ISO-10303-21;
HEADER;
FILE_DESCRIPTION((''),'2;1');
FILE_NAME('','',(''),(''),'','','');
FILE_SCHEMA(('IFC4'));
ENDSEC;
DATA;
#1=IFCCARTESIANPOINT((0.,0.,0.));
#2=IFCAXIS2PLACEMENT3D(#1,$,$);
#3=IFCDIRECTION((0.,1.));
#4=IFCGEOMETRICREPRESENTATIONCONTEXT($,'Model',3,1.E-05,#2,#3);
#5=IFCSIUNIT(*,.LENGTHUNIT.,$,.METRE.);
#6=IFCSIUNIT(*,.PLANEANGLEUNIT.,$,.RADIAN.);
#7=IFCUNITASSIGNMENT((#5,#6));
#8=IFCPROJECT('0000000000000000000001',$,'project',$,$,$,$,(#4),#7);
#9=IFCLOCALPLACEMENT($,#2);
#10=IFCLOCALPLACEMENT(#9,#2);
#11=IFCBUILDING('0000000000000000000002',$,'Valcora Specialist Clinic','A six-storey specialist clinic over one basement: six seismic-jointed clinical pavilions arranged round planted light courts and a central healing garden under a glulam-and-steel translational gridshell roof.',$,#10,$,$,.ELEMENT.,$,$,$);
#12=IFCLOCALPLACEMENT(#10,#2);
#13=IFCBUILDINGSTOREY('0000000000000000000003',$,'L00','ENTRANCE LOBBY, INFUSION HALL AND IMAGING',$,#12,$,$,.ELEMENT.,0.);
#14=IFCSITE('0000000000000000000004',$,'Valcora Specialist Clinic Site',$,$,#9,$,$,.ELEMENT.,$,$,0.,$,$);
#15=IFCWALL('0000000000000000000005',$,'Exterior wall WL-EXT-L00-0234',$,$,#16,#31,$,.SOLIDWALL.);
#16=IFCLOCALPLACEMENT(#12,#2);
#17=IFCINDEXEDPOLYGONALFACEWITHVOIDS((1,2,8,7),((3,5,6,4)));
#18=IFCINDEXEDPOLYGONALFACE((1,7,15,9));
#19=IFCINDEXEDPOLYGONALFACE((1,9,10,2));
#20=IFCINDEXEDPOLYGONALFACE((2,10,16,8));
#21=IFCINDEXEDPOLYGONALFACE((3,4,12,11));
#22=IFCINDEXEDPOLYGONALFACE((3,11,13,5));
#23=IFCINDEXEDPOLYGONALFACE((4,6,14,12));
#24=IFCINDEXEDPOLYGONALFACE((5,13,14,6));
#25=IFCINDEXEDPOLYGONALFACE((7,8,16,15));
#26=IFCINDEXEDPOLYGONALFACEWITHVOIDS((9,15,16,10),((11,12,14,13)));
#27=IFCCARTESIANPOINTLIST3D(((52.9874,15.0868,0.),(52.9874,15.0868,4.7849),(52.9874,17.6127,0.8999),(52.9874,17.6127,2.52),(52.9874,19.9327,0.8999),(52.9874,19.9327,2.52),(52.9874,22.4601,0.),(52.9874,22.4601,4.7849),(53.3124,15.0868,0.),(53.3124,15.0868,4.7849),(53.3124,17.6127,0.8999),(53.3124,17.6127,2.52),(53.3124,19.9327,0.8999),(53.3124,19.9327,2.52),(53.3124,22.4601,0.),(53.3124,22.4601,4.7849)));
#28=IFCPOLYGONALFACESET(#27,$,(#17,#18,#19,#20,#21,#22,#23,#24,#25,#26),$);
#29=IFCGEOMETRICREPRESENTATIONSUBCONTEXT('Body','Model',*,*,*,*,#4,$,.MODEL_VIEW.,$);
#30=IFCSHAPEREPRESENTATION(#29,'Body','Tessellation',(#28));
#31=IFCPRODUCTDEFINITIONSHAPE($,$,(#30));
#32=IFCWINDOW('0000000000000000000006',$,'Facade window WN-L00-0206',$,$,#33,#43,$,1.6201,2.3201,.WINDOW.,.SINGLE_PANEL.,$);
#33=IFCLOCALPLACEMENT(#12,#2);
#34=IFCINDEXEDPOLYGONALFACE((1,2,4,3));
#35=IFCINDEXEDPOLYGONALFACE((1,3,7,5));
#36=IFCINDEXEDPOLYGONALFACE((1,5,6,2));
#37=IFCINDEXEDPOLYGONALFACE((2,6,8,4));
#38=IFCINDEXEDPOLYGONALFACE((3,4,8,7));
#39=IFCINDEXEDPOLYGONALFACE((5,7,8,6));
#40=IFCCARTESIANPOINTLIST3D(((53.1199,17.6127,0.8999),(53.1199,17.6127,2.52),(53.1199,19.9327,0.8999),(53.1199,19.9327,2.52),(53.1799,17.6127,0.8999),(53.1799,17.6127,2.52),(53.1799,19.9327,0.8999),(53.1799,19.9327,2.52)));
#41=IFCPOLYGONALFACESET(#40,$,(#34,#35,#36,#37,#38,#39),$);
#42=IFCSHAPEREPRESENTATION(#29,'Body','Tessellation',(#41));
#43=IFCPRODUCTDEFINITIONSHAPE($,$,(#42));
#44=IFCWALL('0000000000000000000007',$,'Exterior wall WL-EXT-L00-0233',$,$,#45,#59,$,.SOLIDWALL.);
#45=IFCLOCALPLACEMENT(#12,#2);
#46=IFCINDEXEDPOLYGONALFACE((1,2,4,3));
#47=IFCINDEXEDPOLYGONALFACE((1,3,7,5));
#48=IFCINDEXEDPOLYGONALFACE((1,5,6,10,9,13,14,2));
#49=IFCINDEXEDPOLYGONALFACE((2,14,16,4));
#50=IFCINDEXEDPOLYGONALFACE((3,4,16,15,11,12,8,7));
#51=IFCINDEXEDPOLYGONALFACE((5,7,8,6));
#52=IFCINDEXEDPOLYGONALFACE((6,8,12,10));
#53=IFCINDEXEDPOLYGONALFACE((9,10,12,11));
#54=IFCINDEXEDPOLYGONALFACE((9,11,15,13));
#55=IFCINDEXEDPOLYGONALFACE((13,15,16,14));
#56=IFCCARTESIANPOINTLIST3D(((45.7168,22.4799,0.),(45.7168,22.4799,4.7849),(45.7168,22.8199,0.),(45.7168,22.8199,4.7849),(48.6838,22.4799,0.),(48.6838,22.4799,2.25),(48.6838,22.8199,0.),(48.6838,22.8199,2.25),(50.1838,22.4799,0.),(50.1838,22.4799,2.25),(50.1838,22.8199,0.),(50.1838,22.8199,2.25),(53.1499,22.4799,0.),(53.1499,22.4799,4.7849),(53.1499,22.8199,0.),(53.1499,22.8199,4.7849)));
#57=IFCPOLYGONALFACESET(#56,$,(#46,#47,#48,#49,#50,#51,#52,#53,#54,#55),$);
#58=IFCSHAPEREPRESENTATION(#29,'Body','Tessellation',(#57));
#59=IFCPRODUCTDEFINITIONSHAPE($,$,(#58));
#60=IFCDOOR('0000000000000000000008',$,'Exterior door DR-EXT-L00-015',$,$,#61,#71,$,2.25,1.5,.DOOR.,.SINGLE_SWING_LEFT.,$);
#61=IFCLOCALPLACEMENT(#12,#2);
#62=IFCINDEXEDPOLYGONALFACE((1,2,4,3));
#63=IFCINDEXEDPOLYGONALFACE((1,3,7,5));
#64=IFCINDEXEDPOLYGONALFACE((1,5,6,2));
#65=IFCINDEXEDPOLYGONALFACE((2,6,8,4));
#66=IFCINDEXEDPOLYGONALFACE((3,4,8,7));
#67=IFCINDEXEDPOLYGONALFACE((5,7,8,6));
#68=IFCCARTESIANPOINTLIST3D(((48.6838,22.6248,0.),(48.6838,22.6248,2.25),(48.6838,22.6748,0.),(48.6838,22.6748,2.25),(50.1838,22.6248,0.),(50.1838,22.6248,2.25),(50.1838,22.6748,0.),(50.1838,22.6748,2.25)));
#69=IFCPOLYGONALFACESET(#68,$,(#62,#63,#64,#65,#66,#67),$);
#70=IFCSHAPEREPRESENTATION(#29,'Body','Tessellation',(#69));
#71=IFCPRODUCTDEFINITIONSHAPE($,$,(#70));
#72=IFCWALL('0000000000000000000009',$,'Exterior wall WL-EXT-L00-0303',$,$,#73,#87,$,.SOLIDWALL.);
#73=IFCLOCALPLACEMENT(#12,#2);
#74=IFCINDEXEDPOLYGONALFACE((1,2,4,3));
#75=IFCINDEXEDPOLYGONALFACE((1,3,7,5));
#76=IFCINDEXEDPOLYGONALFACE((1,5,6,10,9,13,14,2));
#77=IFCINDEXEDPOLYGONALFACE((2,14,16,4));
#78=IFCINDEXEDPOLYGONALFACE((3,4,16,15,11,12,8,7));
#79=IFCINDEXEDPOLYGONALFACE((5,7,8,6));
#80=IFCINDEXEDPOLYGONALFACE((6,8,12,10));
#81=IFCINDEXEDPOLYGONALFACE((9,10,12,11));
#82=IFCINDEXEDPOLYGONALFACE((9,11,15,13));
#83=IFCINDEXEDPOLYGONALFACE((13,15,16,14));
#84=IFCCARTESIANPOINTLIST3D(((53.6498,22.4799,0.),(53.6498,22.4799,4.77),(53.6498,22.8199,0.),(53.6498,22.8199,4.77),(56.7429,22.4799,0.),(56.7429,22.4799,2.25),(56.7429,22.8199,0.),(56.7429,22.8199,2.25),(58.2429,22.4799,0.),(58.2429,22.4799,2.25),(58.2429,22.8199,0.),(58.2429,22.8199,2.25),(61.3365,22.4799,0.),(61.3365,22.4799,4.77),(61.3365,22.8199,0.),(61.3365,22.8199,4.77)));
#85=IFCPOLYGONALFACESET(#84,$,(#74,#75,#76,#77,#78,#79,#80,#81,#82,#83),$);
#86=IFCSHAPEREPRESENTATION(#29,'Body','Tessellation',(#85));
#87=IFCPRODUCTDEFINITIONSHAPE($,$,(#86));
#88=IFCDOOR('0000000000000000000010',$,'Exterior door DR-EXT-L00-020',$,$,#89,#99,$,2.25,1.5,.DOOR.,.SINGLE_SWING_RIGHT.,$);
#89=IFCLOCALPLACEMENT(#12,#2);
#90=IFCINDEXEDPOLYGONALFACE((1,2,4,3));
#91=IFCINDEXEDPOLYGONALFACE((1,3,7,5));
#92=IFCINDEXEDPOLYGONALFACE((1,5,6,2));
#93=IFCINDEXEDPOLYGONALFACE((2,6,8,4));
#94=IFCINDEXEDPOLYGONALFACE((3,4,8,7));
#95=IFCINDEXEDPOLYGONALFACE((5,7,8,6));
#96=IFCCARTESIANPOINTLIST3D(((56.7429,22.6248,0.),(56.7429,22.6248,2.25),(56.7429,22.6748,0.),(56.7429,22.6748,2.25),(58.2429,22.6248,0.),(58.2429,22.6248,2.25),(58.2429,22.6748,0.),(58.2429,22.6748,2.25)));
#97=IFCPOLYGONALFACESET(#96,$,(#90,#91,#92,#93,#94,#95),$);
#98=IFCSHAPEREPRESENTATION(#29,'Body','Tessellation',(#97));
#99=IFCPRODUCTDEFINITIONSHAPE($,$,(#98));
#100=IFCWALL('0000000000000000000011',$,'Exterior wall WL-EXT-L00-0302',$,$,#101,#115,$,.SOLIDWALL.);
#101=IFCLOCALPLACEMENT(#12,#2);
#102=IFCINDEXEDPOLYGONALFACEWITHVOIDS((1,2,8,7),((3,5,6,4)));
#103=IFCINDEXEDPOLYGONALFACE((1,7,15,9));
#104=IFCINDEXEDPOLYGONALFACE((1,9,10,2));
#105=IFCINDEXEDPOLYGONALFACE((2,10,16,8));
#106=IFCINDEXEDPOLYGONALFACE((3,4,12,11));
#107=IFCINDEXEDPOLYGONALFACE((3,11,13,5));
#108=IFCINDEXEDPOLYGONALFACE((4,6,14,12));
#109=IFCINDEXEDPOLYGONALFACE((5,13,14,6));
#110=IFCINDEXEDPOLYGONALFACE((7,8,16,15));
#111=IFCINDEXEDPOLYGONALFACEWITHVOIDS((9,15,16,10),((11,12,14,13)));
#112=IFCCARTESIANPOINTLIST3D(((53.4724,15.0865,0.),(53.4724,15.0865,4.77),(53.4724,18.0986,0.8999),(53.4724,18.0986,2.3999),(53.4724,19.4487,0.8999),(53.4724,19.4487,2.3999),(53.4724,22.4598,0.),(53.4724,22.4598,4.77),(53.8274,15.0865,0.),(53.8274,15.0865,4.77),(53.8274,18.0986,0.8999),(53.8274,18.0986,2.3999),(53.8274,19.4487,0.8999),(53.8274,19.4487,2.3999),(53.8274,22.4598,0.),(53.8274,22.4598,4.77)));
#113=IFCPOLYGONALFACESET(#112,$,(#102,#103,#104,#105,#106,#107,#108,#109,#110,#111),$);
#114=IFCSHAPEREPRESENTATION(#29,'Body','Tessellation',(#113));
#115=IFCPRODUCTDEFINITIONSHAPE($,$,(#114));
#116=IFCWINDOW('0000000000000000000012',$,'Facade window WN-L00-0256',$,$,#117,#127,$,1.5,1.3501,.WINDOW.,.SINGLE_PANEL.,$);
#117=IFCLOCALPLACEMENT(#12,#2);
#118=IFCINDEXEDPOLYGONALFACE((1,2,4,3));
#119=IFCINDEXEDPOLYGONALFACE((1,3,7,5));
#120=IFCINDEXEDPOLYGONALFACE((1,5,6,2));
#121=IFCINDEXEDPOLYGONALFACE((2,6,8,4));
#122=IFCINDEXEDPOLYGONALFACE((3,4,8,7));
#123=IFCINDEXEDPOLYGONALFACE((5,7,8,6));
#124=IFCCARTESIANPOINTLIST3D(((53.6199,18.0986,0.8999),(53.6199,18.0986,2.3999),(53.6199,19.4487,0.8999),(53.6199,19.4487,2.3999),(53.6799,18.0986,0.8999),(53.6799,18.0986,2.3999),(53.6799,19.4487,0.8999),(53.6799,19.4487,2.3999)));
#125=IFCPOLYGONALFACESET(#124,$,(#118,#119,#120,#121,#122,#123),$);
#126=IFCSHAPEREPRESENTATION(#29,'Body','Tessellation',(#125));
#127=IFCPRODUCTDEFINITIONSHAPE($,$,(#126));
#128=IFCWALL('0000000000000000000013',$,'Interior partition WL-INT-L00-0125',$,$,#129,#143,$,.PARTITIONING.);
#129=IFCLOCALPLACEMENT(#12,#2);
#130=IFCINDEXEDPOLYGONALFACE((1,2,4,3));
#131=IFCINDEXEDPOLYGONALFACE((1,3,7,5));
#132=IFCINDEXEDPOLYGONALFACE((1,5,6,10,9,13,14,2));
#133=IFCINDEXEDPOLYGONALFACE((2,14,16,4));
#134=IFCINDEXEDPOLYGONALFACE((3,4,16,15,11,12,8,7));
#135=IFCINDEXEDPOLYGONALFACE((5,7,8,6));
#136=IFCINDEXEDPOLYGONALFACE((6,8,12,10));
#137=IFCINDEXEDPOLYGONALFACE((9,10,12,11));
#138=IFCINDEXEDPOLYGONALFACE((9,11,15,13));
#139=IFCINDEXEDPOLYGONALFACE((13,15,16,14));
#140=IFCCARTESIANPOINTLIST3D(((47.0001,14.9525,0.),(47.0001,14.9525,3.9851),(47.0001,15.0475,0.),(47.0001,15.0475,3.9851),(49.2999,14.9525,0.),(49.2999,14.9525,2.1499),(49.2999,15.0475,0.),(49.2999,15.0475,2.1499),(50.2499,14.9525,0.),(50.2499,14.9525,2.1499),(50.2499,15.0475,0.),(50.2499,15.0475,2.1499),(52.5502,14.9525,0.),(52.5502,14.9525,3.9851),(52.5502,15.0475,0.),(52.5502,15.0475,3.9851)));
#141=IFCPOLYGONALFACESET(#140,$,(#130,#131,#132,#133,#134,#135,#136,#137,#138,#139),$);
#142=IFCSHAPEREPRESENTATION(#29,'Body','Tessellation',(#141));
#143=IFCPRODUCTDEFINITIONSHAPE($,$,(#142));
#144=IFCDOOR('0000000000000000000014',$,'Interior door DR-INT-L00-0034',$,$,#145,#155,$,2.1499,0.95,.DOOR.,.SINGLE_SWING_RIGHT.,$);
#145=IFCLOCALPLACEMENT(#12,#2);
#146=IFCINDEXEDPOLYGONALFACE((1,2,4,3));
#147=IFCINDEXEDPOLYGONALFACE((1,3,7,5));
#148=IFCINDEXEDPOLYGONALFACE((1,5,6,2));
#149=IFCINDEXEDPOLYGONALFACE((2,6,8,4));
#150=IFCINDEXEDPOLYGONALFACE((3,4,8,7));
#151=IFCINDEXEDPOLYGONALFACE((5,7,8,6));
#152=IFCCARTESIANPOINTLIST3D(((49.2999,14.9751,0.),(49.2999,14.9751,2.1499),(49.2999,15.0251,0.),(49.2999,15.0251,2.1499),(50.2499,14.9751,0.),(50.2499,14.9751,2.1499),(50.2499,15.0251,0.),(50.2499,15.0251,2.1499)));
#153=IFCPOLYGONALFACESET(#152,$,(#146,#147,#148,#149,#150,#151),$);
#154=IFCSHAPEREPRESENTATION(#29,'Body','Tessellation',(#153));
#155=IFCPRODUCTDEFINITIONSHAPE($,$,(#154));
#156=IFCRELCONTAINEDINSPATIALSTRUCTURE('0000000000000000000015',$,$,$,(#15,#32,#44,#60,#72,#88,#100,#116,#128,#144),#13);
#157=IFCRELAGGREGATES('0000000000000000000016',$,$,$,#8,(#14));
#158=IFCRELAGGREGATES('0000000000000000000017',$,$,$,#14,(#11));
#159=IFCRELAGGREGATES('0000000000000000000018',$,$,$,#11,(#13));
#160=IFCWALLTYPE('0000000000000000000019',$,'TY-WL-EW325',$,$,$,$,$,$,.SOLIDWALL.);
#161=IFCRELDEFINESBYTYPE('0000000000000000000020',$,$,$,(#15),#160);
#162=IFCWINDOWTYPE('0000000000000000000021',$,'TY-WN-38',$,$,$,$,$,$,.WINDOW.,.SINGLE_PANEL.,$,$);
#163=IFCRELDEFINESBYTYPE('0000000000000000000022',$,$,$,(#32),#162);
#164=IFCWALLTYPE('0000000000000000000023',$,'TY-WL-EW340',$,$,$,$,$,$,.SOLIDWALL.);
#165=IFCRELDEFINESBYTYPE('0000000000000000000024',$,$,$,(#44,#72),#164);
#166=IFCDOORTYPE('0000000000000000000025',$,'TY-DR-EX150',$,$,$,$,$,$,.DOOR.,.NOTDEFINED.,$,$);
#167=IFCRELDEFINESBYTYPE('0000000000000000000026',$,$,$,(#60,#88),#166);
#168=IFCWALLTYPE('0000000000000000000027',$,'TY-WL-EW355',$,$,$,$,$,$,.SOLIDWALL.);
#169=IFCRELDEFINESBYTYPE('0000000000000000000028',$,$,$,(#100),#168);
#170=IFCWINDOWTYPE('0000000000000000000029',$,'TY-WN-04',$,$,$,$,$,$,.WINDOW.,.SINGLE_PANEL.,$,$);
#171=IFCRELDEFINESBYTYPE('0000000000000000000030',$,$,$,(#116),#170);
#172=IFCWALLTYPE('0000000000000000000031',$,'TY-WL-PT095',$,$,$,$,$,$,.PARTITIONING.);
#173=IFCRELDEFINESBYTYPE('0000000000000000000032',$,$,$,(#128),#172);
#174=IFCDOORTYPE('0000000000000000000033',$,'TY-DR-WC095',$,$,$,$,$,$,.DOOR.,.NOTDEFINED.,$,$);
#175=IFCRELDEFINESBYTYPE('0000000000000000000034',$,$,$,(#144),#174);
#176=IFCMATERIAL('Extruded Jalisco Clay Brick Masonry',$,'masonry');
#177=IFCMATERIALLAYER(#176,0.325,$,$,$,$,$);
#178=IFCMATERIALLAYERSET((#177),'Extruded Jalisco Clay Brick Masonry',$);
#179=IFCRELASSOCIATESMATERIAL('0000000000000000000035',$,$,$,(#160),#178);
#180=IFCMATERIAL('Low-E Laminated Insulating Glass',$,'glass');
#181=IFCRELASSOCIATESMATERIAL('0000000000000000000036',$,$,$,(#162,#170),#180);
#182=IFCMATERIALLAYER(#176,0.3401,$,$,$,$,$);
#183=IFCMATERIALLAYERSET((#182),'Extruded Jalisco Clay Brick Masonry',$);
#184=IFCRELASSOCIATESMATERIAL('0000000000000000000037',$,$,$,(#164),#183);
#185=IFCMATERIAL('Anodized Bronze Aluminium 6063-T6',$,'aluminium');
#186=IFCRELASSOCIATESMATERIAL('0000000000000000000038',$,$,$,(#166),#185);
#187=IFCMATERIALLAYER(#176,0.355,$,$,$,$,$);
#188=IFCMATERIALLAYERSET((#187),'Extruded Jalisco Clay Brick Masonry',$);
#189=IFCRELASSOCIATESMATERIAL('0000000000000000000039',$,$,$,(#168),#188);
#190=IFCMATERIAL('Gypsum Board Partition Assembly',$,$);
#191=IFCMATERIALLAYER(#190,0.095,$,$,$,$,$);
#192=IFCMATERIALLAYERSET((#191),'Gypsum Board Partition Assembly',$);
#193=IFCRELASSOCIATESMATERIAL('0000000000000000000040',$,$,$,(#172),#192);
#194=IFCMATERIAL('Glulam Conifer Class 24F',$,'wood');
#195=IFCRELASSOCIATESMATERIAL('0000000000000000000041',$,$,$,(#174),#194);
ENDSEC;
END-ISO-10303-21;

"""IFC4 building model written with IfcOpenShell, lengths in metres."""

from ifc_helpers import new_model, si_unit, direction, frame, frame_2d, origin, place, context, subcontext, project, spatial, rectangle, extrude, material, layer, layer_set, type_object, element, fill, save


model = new_model("IFC4")

# Units and contexts
model_context = context("Model", 3, precision=1e-05, world=origin(), true_north=direction((0.0, 1.0)))
body_context = subcontext(model_context, "Body", "Model", "MODEL_VIEW")
ifc_project = project(units=[si_unit("LENGTHUNIT", "METRE"), si_unit("PLANEANGLEUNIT", "RADIAN")], contexts=[model_context])

# Site, building, storey
site_placement = place(None, origin())
site = spatial("IfcSite", under=ifc_project, at=site_placement, Name="Valcora Specialist Clinic Site", CompositionType="ELEMENT", RefElevation=0.0)
building_placement = place(site_placement, origin())
building = spatial("IfcBuilding", under=site, at=building_placement, Name="Valcora Specialist Clinic", Description="A six-storey specialist clinic over one basement: six seismic-jointed clinical pavilions arranged round planted light courts and a central healing garden under a glulam-and-steel translational gridshell roof.", CompositionType="ELEMENT")
storey_placement = place(building_placement, origin())
storey = spatial("IfcBuildingStorey", under=building, at=storey_placement, Name="L00", Description="ENTRANCE LOBBY, INFUSION HALL AND IMAGING", CompositionType="ELEMENT", Elevation=0.0)

# Wall, opening, window
ifc_material_1 = material(Name="Extruded Jalisco Clay Brick Masonry", Category="masonry")
ifc_material_2 = material(Name="Low-E Laminated Insulating Glass", Category="glass")
ifc_layer_1 = layer(ifc_material_1, 0.325)
ifc_layer_set_1 = layer_set([ifc_layer_1], Name="Extruded Jalisco Clay Brick Masonry")
wall_type_1 = type_object("IfcWallType", Name="TY-WL-EW325", PredefinedType="SOLIDWALL", material=ifc_layer_set_1)
wall_1_placement = place(storey_placement, frame((53.1499, 22.46, 0.0), z_axis=(0.0, 0.0, 1.0), x_axis=(0.0, -1.0, 0.0)))
wall_1 = element("IfcWall", 1, at=wall_1_placement, inside=storey, type_object=wall_type_1, Name="Exterior wall WL-EXT-L00-0234", PredefinedType="SOLIDWALL", context=body_context, shape_type="SweptSolid", body=[
    extrude(rectangle(XDim=7.3733, YDim=0.325, at=frame_2d((3.6865, 0.0))), origin(), (0.0, 0.0, 1.0), 4.7849),
])
opening_1_placement = place(wall_1_placement, frame((2.5271, 0.0, 0.8999)))
opening_1 = element("IfcOpeningElement", 2, at=opening_1_placement, cuts=wall_1, PredefinedType="OPENING", context=body_context, shape_type="SweptSolid", body=[
    extrude(rectangle(XDim=2.3201, YDim=1.6201, at=frame_2d((1.1602, 0.8101))), frame((0.0, 0.1724, 0.0), z_axis=(0.0, -1.0, 0.0), x_axis=(1.0, 0.0, 0.0)), (0.0, 0.0, 1.0), 0.345),
])
window_type_1 = type_object("IfcWindowType", Name="TY-WN-38", PartitioningType="SINGLE_PANEL", PredefinedType="WINDOW", material=ifc_material_2)
window_1_placement = place(opening_1_placement, origin())
window_1 = element("IfcWindow", 3, at=window_1_placement, inside=storey, type_object=window_type_1, Name="Facade window WN-L00-0206", OverallHeight=1.6201, OverallWidth=2.3201, PartitioningType="SINGLE_PANEL", PredefinedType="WINDOW", context=body_context, shape_type="SweptSolid", body=[
    extrude(rectangle(XDim=2.3201, YDim=1.6201, at=frame_2d((1.1602, 0.8101))), frame((0.0, 0.03, 0.0), z_axis=(0.0, -1.0, 0.0), x_axis=(1.0, 0.0, 0.0)), (0.0, 0.0, 1.0), 0.0601),
])
fill(opening_1, window_1)

# Walls, openings, doors
ifc_layer_2 = layer(ifc_material_1, 0.3401)
ifc_layer_set_2 = layer_set([ifc_layer_2], Name="Extruded Jalisco Clay Brick Masonry")
wall_type_2 = type_object("IfcWallType", Name="TY-WL-EW340", PredefinedType="SOLIDWALL", material=ifc_layer_set_2)
wall_2_placement = place(storey_placement, frame((45.7168, 22.6499, 0.0), z_axis=(0.0, 0.0, 1.0), x_axis=(1.0, 0.0, 0.0)))
wall_2 = element("IfcWall", 4, at=wall_2_placement, inside=storey, type_object=wall_type_2, Name="Exterior wall WL-EXT-L00-0233", PredefinedType="SOLIDWALL", context=body_context, shape_type="SweptSolid", body=[
    extrude(rectangle(XDim=7.4331, YDim=0.3401, at=frame_2d((3.7166, 0.0))), origin(), (0.0, 0.0, 1.0), 4.7849),
])
opening_2_placement = place(wall_2_placement, frame((2.967, 0.0, 0.0)))
opening_2 = element("IfcOpeningElement", 5, at=opening_2_placement, cuts=wall_2, PredefinedType="OPENING", context=body_context, shape_type="SweptSolid", body=[
    extrude(rectangle(XDim=1.5, YDim=2.25, at=frame_2d((0.75, 1.125))), frame((0.0, 0.1799, 0.0), z_axis=(0.0, -1.0, 0.0), x_axis=(1.0, 0.0, 0.0)), (0.0, 0.0, 1.0), 0.3601),
])
ifc_material_3 = material(Name="Anodized Bronze Aluminium 6063-T6", Category="aluminium")
door_type_1 = type_object("IfcDoorType", Name="TY-DR-EX150", OperationType="NOTDEFINED", PredefinedType="DOOR", material=ifc_material_3)
door_1_placement = place(opening_2_placement, origin())
door_1 = element("IfcDoor", 6, at=door_1_placement, inside=storey, type_object=door_type_1, Name="Exterior door DR-EXT-L00-015", OperationType="SINGLE_SWING_LEFT", OverallHeight=2.25, OverallWidth=1.5, PredefinedType="DOOR", context=body_context, shape_type="SweptSolid", body=[
    extrude(rectangle(XDim=1.5, YDim=2.25, at=frame_2d((0.75, 1.125))), frame((0.0, 0.0249, 0.0), z_axis=(0.0, -1.0, 0.0), x_axis=(1.0, 0.0, 0.0)), (0.0, 0.0, 1.0), 0.05),
])
fill(opening_2, door_1)
wall_3_placement = place(storey_placement, frame((53.6499, 22.6499, 0.0), z_axis=(0.0, 0.0, 1.0), x_axis=(1.0, 0.0, 0.0)))
wall_3 = element("IfcWall", 7, at=wall_3_placement, inside=storey, type_object=wall_type_2, Name="Exterior wall WL-EXT-L00-0303", PredefinedType="SOLIDWALL", context=body_context, shape_type="SweptSolid", body=[
    extrude(rectangle(XDim=7.6868, YDim=0.3401, at=frame_2d((3.8433, 0.0))), origin(), (0.0, 0.0, 1.0), 4.77),
])
opening_3_placement = place(wall_3_placement, frame((3.093, 0.0, 0.0)))
opening_3 = element("IfcOpeningElement", 8, at=opening_3_placement, cuts=wall_3, PredefinedType="OPENING", context=body_context, shape_type="SweptSolid", body=[
    extrude(rectangle(XDim=1.5, YDim=2.25, at=frame_2d((0.75, 1.125))), frame((0.0, 0.1799, 0.0), z_axis=(0.0, -1.0, 0.0), x_axis=(1.0, 0.0, 0.0)), (0.0, 0.0, 1.0), 0.3601),
])
door_2_placement = place(opening_3_placement, origin())
door_2 = element("IfcDoor", 9, at=door_2_placement, inside=storey, type_object=door_type_1, Name="Exterior door DR-EXT-L00-020", OperationType="SINGLE_SWING_RIGHT", OverallHeight=2.25, OverallWidth=1.5, PredefinedType="DOOR", context=body_context, shape_type="SweptSolid", body=[
    extrude(rectangle(XDim=1.5, YDim=2.25, at=frame_2d((0.75, 1.125))), frame((0.0, 0.0249, 0.0), z_axis=(0.0, -1.0, 0.0), x_axis=(1.0, 0.0, 0.0)), (0.0, 0.0, 1.0), 0.05),
])
fill(opening_3, door_2)

# Wall, opening, window
ifc_layer_3 = layer(ifc_material_1, 0.355)
ifc_layer_set_3 = layer_set([ifc_layer_3], Name="Extruded Jalisco Clay Brick Masonry")
wall_type_3 = type_object("IfcWallType", Name="TY-WL-EW355", PredefinedType="SOLIDWALL", material=ifc_layer_set_3)
wall_4_placement = place(storey_placement, frame((53.6499, 15.0867, 0.0), z_axis=(0.0, 0.0, 1.0), x_axis=(0.0, 1.0, 0.0)))
wall_4 = element("IfcWall", 10, at=wall_4_placement, inside=storey, type_object=wall_type_3, Name="Exterior wall WL-EXT-L00-0302", PredefinedType="SOLIDWALL", context=body_context, shape_type="SweptSolid", body=[
    extrude(rectangle(XDim=7.3733, YDim=0.355, at=frame_2d((3.6865, 0.0))), origin(), (0.0, 0.0, 1.0), 4.77),
])
opening_4_placement = place(wall_4_placement, frame((3.012, 0.0, 0.8999)))
opening_4 = element("IfcOpeningElement", 11, at=opening_4_placement, cuts=wall_4, PredefinedType="OPENING", context=body_context, shape_type="SweptSolid", body=[
    extrude(rectangle(XDim=1.3501, YDim=1.5, at=frame_2d((0.675, 0.75))), frame((0.0, 0.1875, 0.0), z_axis=(0.0, -1.0, 0.0), x_axis=(1.0, 0.0, 0.0)), (0.0, 0.0, 1.0), 0.375),
])
window_type_2 = type_object("IfcWindowType", Name="TY-WN-04", PartitioningType="SINGLE_PANEL", PredefinedType="WINDOW", material=ifc_material_2)
window_2_placement = place(opening_4_placement, origin())
window_2 = element("IfcWindow", 12, at=window_2_placement, inside=storey, type_object=window_type_2, Name="Facade window WN-L00-0256", OverallHeight=1.5, OverallWidth=1.3501, PartitioningType="SINGLE_PANEL", PredefinedType="WINDOW", context=body_context, shape_type="SweptSolid", body=[
    extrude(rectangle(XDim=1.3501, YDim=1.5, at=frame_2d((0.675, 0.75))), frame((0.0, 0.03, 0.0), z_axis=(0.0, -1.0, 0.0), x_axis=(1.0, 0.0, 0.0)), (0.0, 0.0, 1.0), 0.0601),
])
fill(opening_4, window_2)

# Wall, opening, door
ifc_material_4 = material(Name="Gypsum Board Partition Assembly")
ifc_layer_4 = layer(ifc_material_4, 0.095)
ifc_layer_set_4 = layer_set([ifc_layer_4], Name="Gypsum Board Partition Assembly")
wall_type_4 = type_object("IfcWallType", Name="TY-WL-PT095", PredefinedType="PARTITIONING", material=ifc_layer_set_4)
wall_5_placement = place(storey_placement, frame((52.55, 15.0, 0.0), z_axis=(0.0, 0.0, 1.0), x_axis=(-1.0, 0.0, 0.0)))
wall_5 = element("IfcWall", 13, at=wall_5_placement, inside=storey, type_object=wall_type_4, Name="Interior partition WL-INT-L00-0125", PredefinedType="PARTITIONING", context=body_context, shape_type="SweptSolid", body=[
    extrude(rectangle(XDim=5.55, YDim=0.095, at=frame_2d((2.7749, 0.0))), origin(), (0.0, 0.0, 1.0), 3.9851),
])
opening_5_placement = place(wall_5_placement, frame((2.3, 0.0, 0.0)))
opening_5 = element("IfcOpeningElement", 14, at=opening_5_placement, cuts=wall_5, PredefinedType="OPENING", context=body_context, shape_type="SweptSolid", body=[
    extrude(rectangle(XDim=0.95, YDim=2.1499, at=frame_2d((0.4751, 1.075))), frame((0.0, 0.0574, 0.0), z_axis=(0.0, -1.0, 0.0), x_axis=(1.0, 0.0, 0.0)), (0.0, 0.0, 1.0), 0.115),
])
ifc_material_5 = material(Name="Glulam Conifer Class 24F", Category="wood")
door_type_2 = type_object("IfcDoorType", Name="TY-DR-WC095", OperationType="NOTDEFINED", PredefinedType="DOOR", material=ifc_material_5)
door_3_placement = place(opening_5_placement, origin())
door_3 = element("IfcDoor", 15, at=door_3_placement, inside=storey, type_object=door_type_2, Name="Interior door DR-INT-L00-0034", OperationType="SINGLE_SWING_RIGHT", OverallHeight=2.1499, OverallWidth=0.95, PredefinedType="DOOR", context=body_context, shape_type="SweptSolid", body=[
    extrude(rectangle(XDim=0.95, YDim=2.1499, at=frame_2d((0.4751, 1.075))), frame((0.0, 0.0249, 0.0), z_axis=(0.0, -1.0, 0.0), x_axis=(1.0, 0.0, 0.0)), (0.0, 0.0, 1.0), 0.05),
])
fill(opening_5, door_3)

save(model, "model.ifc")
